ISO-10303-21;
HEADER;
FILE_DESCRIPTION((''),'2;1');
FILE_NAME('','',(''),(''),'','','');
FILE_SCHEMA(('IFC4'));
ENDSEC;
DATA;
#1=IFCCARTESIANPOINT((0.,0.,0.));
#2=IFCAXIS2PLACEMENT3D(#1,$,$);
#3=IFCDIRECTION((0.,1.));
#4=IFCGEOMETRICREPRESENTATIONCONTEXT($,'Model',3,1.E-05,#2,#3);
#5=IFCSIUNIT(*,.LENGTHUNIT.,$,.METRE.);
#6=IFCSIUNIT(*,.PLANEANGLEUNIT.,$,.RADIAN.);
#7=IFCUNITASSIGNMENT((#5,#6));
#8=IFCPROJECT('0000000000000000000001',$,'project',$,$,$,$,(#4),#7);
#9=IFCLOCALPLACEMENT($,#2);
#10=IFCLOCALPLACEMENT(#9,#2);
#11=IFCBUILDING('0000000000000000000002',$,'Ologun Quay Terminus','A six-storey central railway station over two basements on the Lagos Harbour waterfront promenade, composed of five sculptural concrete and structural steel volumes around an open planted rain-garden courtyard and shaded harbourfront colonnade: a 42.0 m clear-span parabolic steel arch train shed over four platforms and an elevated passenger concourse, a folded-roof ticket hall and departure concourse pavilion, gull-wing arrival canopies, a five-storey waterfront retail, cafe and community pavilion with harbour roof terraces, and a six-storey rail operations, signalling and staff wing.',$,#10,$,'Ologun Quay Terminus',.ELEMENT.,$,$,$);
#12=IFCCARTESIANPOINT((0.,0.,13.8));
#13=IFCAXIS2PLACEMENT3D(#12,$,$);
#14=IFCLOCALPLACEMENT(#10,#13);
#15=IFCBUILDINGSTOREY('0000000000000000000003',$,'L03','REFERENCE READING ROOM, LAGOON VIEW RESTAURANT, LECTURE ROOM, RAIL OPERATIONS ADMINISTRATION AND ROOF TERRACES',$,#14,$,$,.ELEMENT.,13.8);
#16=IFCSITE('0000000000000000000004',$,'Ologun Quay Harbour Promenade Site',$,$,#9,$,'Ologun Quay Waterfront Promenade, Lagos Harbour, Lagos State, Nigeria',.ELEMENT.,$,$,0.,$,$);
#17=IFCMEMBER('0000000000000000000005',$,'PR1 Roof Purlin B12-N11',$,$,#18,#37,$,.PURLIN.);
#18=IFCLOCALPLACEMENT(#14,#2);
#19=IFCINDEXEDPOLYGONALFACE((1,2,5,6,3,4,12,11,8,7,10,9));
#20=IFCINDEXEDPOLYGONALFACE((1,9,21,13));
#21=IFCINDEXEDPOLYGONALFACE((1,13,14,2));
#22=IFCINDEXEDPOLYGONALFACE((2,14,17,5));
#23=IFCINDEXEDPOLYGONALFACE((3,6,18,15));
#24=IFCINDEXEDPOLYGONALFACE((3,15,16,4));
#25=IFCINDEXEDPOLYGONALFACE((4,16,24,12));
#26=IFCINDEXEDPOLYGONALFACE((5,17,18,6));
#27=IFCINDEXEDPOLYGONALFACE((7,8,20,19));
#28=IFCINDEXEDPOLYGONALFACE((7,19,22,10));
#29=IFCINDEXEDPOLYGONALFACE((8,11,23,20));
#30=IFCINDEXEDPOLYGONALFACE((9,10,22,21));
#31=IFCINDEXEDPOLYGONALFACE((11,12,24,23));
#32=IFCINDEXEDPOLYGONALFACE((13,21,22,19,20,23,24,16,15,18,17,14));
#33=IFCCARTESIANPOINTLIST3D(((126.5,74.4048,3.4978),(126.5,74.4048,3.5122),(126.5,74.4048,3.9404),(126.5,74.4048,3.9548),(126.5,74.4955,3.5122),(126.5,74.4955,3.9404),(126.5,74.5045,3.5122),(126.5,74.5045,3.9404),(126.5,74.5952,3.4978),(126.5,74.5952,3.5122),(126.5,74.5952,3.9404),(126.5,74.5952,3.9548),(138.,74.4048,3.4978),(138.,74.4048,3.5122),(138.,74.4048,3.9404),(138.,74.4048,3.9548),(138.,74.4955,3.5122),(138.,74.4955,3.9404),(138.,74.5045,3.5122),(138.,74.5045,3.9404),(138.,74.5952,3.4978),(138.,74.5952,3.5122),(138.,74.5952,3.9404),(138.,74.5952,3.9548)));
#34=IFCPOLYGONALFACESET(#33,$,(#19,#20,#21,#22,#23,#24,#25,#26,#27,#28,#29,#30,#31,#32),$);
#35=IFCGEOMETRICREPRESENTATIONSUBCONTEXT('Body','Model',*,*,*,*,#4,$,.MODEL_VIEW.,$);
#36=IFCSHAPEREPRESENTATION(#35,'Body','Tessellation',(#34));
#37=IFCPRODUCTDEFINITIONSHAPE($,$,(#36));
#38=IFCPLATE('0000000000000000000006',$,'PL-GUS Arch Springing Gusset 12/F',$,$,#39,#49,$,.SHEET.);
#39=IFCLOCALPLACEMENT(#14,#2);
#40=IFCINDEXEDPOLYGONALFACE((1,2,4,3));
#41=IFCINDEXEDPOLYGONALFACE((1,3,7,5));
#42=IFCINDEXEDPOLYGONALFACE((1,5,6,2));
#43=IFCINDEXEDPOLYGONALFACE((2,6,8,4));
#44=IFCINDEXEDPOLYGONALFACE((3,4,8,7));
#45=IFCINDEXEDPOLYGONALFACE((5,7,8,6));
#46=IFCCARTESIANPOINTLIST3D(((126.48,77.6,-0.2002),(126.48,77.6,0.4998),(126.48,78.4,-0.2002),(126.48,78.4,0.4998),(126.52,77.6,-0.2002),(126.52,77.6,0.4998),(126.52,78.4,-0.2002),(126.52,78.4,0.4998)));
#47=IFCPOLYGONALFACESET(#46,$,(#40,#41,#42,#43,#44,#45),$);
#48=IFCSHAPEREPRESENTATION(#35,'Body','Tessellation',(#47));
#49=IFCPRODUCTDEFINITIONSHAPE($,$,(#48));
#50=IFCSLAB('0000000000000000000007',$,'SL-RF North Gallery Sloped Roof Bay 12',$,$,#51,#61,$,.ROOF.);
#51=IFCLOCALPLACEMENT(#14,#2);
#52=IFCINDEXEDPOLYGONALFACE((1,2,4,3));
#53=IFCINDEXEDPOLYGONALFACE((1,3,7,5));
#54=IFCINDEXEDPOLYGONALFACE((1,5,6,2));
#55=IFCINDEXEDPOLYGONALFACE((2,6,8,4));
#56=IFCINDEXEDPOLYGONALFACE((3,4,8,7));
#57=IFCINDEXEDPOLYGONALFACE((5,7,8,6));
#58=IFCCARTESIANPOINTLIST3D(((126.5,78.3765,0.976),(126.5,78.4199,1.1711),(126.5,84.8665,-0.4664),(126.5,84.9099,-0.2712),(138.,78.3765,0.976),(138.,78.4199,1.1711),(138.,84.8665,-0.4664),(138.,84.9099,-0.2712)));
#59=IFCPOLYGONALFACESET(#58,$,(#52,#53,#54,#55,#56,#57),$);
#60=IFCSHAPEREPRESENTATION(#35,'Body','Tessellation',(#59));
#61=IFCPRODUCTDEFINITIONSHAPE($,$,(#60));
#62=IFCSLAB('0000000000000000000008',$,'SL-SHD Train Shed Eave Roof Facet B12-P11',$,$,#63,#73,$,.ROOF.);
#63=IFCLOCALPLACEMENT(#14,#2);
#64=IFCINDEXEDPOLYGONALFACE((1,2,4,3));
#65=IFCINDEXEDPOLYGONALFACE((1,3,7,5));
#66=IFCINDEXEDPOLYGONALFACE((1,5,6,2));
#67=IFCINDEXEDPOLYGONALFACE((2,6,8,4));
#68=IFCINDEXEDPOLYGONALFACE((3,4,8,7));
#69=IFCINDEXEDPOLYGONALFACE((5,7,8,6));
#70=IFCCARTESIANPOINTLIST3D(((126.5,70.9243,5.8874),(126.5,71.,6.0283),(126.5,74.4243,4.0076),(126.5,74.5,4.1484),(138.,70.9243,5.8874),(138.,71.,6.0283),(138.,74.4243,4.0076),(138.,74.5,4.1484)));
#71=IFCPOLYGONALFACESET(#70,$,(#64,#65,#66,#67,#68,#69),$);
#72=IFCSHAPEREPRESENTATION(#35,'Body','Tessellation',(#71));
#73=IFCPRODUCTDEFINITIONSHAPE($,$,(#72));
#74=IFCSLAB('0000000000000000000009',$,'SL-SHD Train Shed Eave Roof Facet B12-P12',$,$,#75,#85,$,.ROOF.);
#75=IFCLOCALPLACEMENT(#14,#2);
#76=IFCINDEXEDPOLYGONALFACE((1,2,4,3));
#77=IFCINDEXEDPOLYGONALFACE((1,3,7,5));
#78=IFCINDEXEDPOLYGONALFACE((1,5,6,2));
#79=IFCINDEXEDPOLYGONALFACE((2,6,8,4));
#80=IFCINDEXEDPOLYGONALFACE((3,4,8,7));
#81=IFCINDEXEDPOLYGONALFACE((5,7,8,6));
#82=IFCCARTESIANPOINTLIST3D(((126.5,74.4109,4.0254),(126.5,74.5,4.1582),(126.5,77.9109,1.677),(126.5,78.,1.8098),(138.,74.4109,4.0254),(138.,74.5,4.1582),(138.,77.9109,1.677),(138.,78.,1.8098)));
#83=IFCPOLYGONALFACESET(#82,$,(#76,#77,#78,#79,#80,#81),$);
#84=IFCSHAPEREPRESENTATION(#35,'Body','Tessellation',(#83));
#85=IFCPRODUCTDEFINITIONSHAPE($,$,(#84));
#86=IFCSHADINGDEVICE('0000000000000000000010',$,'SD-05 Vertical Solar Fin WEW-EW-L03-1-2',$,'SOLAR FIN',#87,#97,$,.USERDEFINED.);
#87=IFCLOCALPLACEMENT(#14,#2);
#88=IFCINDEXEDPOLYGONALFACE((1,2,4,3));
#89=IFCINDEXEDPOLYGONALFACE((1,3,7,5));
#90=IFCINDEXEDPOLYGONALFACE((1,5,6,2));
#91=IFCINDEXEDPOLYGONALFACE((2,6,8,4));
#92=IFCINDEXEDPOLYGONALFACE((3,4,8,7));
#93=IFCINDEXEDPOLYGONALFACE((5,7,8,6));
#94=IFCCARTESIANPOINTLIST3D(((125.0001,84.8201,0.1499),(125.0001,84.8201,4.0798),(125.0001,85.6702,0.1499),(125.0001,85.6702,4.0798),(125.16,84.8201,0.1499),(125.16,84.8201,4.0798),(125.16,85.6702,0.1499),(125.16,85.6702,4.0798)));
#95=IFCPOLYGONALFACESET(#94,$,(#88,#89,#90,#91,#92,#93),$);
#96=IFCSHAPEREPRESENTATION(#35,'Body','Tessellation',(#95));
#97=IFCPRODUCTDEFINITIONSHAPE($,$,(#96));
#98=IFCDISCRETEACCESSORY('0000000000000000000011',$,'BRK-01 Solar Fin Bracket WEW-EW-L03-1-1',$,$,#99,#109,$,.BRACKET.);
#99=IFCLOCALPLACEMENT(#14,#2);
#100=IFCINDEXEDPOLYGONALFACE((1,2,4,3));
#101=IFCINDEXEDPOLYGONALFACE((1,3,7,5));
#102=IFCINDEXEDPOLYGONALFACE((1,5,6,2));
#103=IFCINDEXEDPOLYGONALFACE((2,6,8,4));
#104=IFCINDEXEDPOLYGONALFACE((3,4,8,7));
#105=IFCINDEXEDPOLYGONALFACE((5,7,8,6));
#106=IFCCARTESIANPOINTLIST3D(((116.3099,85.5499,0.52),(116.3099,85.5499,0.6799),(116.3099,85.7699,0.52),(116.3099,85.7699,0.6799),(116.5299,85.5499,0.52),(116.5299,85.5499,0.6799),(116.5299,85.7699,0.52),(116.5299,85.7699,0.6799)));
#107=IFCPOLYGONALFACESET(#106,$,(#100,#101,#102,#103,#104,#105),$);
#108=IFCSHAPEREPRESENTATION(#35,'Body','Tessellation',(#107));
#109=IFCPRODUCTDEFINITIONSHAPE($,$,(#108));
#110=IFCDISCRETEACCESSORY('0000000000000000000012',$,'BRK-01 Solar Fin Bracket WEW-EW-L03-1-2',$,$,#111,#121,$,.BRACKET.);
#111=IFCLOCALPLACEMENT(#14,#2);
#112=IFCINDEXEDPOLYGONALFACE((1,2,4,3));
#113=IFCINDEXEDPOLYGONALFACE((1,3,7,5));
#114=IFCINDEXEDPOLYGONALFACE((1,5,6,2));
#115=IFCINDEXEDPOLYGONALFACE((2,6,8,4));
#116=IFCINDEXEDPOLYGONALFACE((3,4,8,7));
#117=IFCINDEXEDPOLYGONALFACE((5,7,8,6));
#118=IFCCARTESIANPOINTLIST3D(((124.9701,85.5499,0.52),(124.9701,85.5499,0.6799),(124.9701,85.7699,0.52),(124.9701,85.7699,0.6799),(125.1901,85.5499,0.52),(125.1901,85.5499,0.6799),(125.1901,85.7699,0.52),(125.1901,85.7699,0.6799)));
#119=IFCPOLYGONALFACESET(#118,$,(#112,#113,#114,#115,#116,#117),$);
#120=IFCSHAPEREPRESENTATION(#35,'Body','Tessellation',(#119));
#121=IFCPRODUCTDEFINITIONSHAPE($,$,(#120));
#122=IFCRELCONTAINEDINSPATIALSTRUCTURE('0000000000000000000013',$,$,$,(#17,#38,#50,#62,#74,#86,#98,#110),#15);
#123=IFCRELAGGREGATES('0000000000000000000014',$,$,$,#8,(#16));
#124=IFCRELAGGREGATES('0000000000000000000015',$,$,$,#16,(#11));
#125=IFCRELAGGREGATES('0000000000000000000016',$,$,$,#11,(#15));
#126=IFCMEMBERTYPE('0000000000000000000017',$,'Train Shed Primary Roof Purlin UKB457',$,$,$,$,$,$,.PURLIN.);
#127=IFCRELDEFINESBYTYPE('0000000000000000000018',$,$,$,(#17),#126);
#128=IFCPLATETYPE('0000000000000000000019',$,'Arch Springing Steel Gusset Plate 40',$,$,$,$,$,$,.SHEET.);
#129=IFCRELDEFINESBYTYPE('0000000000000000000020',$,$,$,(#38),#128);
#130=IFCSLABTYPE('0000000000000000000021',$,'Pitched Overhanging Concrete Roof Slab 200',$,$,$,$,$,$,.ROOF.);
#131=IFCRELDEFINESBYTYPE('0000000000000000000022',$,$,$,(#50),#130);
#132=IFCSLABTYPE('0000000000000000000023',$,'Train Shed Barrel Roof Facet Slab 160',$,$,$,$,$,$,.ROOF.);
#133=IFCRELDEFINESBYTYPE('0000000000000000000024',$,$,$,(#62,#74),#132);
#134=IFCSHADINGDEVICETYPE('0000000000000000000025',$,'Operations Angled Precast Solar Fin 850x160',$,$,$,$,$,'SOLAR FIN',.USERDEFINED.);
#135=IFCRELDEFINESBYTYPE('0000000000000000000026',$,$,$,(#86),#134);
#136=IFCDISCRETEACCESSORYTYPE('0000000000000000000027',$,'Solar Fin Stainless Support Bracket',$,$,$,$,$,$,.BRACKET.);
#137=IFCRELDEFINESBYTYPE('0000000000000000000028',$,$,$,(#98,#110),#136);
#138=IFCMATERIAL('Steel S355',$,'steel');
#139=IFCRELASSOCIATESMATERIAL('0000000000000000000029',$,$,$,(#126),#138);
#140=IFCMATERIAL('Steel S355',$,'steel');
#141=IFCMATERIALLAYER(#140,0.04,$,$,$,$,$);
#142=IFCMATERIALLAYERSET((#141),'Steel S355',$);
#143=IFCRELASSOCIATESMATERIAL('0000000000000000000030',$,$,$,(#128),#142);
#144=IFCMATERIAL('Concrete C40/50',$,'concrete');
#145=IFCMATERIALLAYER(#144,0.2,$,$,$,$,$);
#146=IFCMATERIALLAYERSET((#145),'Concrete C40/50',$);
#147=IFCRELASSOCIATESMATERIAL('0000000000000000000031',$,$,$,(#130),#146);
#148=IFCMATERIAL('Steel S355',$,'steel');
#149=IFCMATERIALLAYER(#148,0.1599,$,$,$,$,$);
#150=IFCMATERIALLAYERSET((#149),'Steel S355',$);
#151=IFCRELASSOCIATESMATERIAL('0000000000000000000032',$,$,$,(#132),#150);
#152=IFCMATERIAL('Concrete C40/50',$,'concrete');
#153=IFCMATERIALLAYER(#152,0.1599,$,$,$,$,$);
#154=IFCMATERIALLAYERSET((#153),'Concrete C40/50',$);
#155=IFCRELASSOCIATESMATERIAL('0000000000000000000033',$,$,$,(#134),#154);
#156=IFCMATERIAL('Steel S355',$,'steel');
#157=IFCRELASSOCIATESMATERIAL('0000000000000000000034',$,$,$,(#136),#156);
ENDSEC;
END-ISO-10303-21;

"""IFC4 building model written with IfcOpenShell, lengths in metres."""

from ifc_helpers import new_model, si_unit, direction, frame, origin, origin_2d, place, context, subcontext, project, spatial, polyline, rectangle, i_section, outline, extrude, material, layer, layer_set, material_profile, profile_set, type_object, element, save


model = new_model("IFC4")

# Units and contexts
model_context = context("Model", 3, precision=1e-05, world=origin(), true_north=direction((0.0, 1.0)))
body_context = subcontext(model_context, "Body", "Model", "MODEL_VIEW")
ifc_project = project(units=[si_unit("LENGTHUNIT", "METRE"), si_unit("PLANEANGLEUNIT", "RADIAN")], contexts=[model_context])

# Site, building, storey
site_placement = place(None, origin())
site = spatial("IfcSite", under=ifc_project, at=site_placement, Name="Ologun Quay Harbour Promenade Site", LongName="Ologun Quay Waterfront Promenade, Lagos Harbour, Lagos State, Nigeria", CompositionType="ELEMENT", RefElevation=0.0)
building_placement = place(site_placement, origin())
building = spatial("IfcBuilding", under=site, at=building_placement, Name="Ologun Quay Terminus", Description="A six-storey central railway station over two basements on the Lagos Harbour waterfront promenade, composed of five sculptural concrete and structural steel volumes around an open planted rain-garden courtyard and shaded harbourfront colonnade: a 42.0 m clear-span parabolic steel arch train shed over four platforms and an elevated passenger concourse, a folded-roof ticket hall and departure concourse pavilion, gull-wing arrival canopies, a five-storey waterfront retail, cafe and community pavilion with harbour roof terraces, and a six-storey rail operations, signalling and staff wing.", LongName="Ologun Quay Terminus", CompositionType="ELEMENT")
storey_placement = place(building_placement, frame((0.0, 0.0, 13.8)))
storey = spatial("IfcBuildingStorey", under=building, at=storey_placement, Name="L03", Description="REFERENCE READING ROOM, LAGOON VIEW RESTAURANT, LECTURE ROOM, RAIL OPERATIONS ADMINISTRATION AND ROOF TERRACES", CompositionType="ELEMENT", Elevation=13.8)

# Member
ifc_material_1 = material(Name="Steel S355", Category="steel")
ifc_material_profile_1 = material_profile(ifc_material_1, i_section(OverallWidth=0.1904, OverallDepth=0.457, WebThickness=0.009, FlangeThickness=0.0144, at=origin_2d()), Name="UKB 457x191x74")
ifc_profile_set_1 = profile_set([ifc_material_profile_1], Name="Steel S355")
member_type_1 = type_object("IfcMemberType", Name="Train Shed Primary Roof Purlin UKB457", PredefinedType="PURLIN", material=ifc_profile_set_1)
for number, where, z_axis, x_axis, name in (
    (1, (126.5, 74.5, 3.7263), (1.0, 0.0, 0.0), (0.0, 1.0, 0.0), "PR1 Roof Purlin B12-N11"),
):
    element("IfcMember", number, at=place(storey_placement, frame(where, z_axis=z_axis, x_axis=x_axis)), inside=storey, type_object=member_type_1, Name=name, PredefinedType="PURLIN", context=body_context, shape_type="SweptSolid", body=[
        extrude(i_section(OverallWidth=0.1904, OverallDepth=0.457, WebThickness=0.009, FlangeThickness=0.0144, at=origin_2d()), origin(), (0.0, 0.0, 1.0), 11.5),
    ])

# Plate
ifc_material_2 = material(Name="Steel S355", Category="steel")
ifc_layer_1 = layer(ifc_material_2, 0.04)
ifc_layer_set_1 = layer_set([ifc_layer_1], Name="Steel S355")
plate_type = type_object("IfcPlateType", Name="Arch Springing Steel Gusset Plate 40", PredefinedType="SHEET", material=ifc_layer_set_1)
plate_placement = place(storey_placement, frame((126.5, 78.0, -0.2002), z_axis=(0.0, 0.0, 1.0), x_axis=(0.0, 1.0, 0.0)))
element("IfcPlate", 2, at=plate_placement, inside=storey, type_object=plate_type, Name="PL-GUS Arch Springing Gusset 12/F", PredefinedType="SHEET", context=body_context, shape_type="SweptSolid", body=[
    extrude(rectangle(XDim=0.8, YDim=0.04, at=origin_2d()), origin(), (0.0, 0.0, 1.0), 0.7),
])

# Slabs
ifc_material_3 = material(Name="Concrete C40/50", Category="concrete")
ifc_layer_2 = layer(ifc_material_3, 0.2)
ifc_layer_set_2 = layer_set([ifc_layer_2], Name="Concrete C40/50")
slab_type_1 = type_object("IfcSlabType", Name="Pitched Overhanging Concrete Roof Slab 200", PredefinedType="ROOF", material=ifc_layer_set_2)
slab_1_placement = place(storey_placement, frame((126.5, 84.9099, -0.2712), z_axis=(0.0, 0.216954, 0.976182), x_axis=(1.0, 0.0, 0.0)))
element("IfcSlab", 3, at=slab_1_placement, inside=storey, type_object=slab_type_1, Name="SL-RF North Gallery Sloped Roof Bay 12", PredefinedType="ROOF", context=body_context, shape_type="SweptSolid", body=[
    extrude(outline(polyline([(0.0, 0.0), (11.5, 0.0), (11.5, -6.6483), (0.0, -6.6483), (0.0, 0.0)])), origin(), (0.0, 0.0, -1.0), 0.2),
])
ifc_material_4 = material(Name="Steel S355", Category="steel")
ifc_layer_3 = layer(ifc_material_4, 0.1599)
ifc_layer_set_3 = layer_set([ifc_layer_3], Name="Steel S355")
slab_type_2 = type_object("IfcSlabType", Name="Train Shed Barrel Roof Facet Slab 160", PredefinedType="ROOF", material=ifc_layer_set_3)
slab_2_placement = place(storey_placement, frame((126.5, 71.0, 6.0283), z_axis=(0.0, 0.473176, 0.880968), x_axis=(1.0, 0.0, 0.0)))
element("IfcSlab", 4, at=slab_2_placement, inside=storey, type_object=slab_type_2, Name="SL-SHD Train Shed Eave Roof Facet B12-P11", PredefinedType="ROOF", context=body_context, shape_type="SweptSolid", body=[
    extrude(outline(polyline([(0.0, 0.0), (11.5, 0.0), (11.5, 3.9729), (0.0, 3.9729), (0.0, 0.0)])), origin(), (0.0, 0.0, -1.0), 0.1599),
])
slab_3_placement = place(storey_placement, frame((126.5, 74.5, 4.1582), z_axis=(0.0, 0.557171, 0.830398), x_axis=(1.0, 0.0, 0.0)))
element("IfcSlab", 5, at=slab_3_placement, inside=storey, type_object=slab_type_2, Name="SL-SHD Train Shed Eave Roof Facet B12-P12", PredefinedType="ROOF", context=body_context, shape_type="SweptSolid", body=[
    extrude(outline(polyline([(0.0, 0.0), (11.5, 0.0), (11.5, 4.2148), (0.0, 4.2148), (0.0, 0.0)])), origin(), (0.0, 0.0, -1.0), 0.1599),
])

# Shading device
ifc_material_5 = material(Name="Concrete C40/50", Category="concrete")
ifc_layer_4 = layer(ifc_material_5, 0.1599)
ifc_layer_set_4 = layer_set([ifc_layer_4], Name="Concrete C40/50")
shading_device_type = type_object("IfcShadingDeviceType", Name="Operations Angled Precast Solar Fin 850x160", ElementType="SOLAR FIN", PredefinedType="USERDEFINED", material=ifc_layer_set_4)
shading_device_placement = place(storey_placement, frame((125.0801, 85.2451, 0.1499), z_axis=(0.0, 0.0, 1.0), x_axis=(1.0, 0.0, 0.0)))
element("IfcShadingDevice", 6, at=shading_device_placement, inside=storey, type_object=shading_device_type, Name="SD-05 Vertical Solar Fin WEW-EW-L03-1-2", ObjectType="SOLAR FIN", PredefinedType="USERDEFINED", context=body_context, shape_type="SweptSolid", body=[
    extrude(rectangle(XDim=0.1599, YDim=0.8501, at=origin_2d()), origin(), (0.0, 0.0, 1.0), 3.9299),
])

# Discrete accessories
ifc_material_6 = material(Name="Steel S355", Category="steel")
discrete_accessory_type = type_object("IfcDiscreteAccessoryType", Name="Solar Fin Stainless Support Bracket", PredefinedType="BRACKET", material=ifc_material_6)
for number, where, z_axis, x_axis, name in (
    (7, (116.4199, 85.6599, 0.52), (0.0, 0.0, 1.0), (1.0, 0.0, 0.0), "BRK-01 Solar Fin Bracket WEW-EW-L03-1-1"),
    (8, (125.0801, 85.6599, 0.52), (0.0, 0.0, 1.0), (1.0, 0.0, 0.0), "BRK-01 Solar Fin Bracket WEW-EW-L03-1-2"),
):
    element("IfcDiscreteAccessory", number, at=place(storey_placement, frame(where, z_axis=z_axis, x_axis=x_axis)), inside=storey, type_object=discrete_accessory_type, Name=name, PredefinedType="BRACKET", context=body_context, shape_type="SweptSolid", body=[
        extrude(rectangle(XDim=0.22, YDim=0.22, at=origin_2d()), origin(), (0.0, 0.0, 1.0), 0.1599),
    ])

save(model, "model.ifc")
